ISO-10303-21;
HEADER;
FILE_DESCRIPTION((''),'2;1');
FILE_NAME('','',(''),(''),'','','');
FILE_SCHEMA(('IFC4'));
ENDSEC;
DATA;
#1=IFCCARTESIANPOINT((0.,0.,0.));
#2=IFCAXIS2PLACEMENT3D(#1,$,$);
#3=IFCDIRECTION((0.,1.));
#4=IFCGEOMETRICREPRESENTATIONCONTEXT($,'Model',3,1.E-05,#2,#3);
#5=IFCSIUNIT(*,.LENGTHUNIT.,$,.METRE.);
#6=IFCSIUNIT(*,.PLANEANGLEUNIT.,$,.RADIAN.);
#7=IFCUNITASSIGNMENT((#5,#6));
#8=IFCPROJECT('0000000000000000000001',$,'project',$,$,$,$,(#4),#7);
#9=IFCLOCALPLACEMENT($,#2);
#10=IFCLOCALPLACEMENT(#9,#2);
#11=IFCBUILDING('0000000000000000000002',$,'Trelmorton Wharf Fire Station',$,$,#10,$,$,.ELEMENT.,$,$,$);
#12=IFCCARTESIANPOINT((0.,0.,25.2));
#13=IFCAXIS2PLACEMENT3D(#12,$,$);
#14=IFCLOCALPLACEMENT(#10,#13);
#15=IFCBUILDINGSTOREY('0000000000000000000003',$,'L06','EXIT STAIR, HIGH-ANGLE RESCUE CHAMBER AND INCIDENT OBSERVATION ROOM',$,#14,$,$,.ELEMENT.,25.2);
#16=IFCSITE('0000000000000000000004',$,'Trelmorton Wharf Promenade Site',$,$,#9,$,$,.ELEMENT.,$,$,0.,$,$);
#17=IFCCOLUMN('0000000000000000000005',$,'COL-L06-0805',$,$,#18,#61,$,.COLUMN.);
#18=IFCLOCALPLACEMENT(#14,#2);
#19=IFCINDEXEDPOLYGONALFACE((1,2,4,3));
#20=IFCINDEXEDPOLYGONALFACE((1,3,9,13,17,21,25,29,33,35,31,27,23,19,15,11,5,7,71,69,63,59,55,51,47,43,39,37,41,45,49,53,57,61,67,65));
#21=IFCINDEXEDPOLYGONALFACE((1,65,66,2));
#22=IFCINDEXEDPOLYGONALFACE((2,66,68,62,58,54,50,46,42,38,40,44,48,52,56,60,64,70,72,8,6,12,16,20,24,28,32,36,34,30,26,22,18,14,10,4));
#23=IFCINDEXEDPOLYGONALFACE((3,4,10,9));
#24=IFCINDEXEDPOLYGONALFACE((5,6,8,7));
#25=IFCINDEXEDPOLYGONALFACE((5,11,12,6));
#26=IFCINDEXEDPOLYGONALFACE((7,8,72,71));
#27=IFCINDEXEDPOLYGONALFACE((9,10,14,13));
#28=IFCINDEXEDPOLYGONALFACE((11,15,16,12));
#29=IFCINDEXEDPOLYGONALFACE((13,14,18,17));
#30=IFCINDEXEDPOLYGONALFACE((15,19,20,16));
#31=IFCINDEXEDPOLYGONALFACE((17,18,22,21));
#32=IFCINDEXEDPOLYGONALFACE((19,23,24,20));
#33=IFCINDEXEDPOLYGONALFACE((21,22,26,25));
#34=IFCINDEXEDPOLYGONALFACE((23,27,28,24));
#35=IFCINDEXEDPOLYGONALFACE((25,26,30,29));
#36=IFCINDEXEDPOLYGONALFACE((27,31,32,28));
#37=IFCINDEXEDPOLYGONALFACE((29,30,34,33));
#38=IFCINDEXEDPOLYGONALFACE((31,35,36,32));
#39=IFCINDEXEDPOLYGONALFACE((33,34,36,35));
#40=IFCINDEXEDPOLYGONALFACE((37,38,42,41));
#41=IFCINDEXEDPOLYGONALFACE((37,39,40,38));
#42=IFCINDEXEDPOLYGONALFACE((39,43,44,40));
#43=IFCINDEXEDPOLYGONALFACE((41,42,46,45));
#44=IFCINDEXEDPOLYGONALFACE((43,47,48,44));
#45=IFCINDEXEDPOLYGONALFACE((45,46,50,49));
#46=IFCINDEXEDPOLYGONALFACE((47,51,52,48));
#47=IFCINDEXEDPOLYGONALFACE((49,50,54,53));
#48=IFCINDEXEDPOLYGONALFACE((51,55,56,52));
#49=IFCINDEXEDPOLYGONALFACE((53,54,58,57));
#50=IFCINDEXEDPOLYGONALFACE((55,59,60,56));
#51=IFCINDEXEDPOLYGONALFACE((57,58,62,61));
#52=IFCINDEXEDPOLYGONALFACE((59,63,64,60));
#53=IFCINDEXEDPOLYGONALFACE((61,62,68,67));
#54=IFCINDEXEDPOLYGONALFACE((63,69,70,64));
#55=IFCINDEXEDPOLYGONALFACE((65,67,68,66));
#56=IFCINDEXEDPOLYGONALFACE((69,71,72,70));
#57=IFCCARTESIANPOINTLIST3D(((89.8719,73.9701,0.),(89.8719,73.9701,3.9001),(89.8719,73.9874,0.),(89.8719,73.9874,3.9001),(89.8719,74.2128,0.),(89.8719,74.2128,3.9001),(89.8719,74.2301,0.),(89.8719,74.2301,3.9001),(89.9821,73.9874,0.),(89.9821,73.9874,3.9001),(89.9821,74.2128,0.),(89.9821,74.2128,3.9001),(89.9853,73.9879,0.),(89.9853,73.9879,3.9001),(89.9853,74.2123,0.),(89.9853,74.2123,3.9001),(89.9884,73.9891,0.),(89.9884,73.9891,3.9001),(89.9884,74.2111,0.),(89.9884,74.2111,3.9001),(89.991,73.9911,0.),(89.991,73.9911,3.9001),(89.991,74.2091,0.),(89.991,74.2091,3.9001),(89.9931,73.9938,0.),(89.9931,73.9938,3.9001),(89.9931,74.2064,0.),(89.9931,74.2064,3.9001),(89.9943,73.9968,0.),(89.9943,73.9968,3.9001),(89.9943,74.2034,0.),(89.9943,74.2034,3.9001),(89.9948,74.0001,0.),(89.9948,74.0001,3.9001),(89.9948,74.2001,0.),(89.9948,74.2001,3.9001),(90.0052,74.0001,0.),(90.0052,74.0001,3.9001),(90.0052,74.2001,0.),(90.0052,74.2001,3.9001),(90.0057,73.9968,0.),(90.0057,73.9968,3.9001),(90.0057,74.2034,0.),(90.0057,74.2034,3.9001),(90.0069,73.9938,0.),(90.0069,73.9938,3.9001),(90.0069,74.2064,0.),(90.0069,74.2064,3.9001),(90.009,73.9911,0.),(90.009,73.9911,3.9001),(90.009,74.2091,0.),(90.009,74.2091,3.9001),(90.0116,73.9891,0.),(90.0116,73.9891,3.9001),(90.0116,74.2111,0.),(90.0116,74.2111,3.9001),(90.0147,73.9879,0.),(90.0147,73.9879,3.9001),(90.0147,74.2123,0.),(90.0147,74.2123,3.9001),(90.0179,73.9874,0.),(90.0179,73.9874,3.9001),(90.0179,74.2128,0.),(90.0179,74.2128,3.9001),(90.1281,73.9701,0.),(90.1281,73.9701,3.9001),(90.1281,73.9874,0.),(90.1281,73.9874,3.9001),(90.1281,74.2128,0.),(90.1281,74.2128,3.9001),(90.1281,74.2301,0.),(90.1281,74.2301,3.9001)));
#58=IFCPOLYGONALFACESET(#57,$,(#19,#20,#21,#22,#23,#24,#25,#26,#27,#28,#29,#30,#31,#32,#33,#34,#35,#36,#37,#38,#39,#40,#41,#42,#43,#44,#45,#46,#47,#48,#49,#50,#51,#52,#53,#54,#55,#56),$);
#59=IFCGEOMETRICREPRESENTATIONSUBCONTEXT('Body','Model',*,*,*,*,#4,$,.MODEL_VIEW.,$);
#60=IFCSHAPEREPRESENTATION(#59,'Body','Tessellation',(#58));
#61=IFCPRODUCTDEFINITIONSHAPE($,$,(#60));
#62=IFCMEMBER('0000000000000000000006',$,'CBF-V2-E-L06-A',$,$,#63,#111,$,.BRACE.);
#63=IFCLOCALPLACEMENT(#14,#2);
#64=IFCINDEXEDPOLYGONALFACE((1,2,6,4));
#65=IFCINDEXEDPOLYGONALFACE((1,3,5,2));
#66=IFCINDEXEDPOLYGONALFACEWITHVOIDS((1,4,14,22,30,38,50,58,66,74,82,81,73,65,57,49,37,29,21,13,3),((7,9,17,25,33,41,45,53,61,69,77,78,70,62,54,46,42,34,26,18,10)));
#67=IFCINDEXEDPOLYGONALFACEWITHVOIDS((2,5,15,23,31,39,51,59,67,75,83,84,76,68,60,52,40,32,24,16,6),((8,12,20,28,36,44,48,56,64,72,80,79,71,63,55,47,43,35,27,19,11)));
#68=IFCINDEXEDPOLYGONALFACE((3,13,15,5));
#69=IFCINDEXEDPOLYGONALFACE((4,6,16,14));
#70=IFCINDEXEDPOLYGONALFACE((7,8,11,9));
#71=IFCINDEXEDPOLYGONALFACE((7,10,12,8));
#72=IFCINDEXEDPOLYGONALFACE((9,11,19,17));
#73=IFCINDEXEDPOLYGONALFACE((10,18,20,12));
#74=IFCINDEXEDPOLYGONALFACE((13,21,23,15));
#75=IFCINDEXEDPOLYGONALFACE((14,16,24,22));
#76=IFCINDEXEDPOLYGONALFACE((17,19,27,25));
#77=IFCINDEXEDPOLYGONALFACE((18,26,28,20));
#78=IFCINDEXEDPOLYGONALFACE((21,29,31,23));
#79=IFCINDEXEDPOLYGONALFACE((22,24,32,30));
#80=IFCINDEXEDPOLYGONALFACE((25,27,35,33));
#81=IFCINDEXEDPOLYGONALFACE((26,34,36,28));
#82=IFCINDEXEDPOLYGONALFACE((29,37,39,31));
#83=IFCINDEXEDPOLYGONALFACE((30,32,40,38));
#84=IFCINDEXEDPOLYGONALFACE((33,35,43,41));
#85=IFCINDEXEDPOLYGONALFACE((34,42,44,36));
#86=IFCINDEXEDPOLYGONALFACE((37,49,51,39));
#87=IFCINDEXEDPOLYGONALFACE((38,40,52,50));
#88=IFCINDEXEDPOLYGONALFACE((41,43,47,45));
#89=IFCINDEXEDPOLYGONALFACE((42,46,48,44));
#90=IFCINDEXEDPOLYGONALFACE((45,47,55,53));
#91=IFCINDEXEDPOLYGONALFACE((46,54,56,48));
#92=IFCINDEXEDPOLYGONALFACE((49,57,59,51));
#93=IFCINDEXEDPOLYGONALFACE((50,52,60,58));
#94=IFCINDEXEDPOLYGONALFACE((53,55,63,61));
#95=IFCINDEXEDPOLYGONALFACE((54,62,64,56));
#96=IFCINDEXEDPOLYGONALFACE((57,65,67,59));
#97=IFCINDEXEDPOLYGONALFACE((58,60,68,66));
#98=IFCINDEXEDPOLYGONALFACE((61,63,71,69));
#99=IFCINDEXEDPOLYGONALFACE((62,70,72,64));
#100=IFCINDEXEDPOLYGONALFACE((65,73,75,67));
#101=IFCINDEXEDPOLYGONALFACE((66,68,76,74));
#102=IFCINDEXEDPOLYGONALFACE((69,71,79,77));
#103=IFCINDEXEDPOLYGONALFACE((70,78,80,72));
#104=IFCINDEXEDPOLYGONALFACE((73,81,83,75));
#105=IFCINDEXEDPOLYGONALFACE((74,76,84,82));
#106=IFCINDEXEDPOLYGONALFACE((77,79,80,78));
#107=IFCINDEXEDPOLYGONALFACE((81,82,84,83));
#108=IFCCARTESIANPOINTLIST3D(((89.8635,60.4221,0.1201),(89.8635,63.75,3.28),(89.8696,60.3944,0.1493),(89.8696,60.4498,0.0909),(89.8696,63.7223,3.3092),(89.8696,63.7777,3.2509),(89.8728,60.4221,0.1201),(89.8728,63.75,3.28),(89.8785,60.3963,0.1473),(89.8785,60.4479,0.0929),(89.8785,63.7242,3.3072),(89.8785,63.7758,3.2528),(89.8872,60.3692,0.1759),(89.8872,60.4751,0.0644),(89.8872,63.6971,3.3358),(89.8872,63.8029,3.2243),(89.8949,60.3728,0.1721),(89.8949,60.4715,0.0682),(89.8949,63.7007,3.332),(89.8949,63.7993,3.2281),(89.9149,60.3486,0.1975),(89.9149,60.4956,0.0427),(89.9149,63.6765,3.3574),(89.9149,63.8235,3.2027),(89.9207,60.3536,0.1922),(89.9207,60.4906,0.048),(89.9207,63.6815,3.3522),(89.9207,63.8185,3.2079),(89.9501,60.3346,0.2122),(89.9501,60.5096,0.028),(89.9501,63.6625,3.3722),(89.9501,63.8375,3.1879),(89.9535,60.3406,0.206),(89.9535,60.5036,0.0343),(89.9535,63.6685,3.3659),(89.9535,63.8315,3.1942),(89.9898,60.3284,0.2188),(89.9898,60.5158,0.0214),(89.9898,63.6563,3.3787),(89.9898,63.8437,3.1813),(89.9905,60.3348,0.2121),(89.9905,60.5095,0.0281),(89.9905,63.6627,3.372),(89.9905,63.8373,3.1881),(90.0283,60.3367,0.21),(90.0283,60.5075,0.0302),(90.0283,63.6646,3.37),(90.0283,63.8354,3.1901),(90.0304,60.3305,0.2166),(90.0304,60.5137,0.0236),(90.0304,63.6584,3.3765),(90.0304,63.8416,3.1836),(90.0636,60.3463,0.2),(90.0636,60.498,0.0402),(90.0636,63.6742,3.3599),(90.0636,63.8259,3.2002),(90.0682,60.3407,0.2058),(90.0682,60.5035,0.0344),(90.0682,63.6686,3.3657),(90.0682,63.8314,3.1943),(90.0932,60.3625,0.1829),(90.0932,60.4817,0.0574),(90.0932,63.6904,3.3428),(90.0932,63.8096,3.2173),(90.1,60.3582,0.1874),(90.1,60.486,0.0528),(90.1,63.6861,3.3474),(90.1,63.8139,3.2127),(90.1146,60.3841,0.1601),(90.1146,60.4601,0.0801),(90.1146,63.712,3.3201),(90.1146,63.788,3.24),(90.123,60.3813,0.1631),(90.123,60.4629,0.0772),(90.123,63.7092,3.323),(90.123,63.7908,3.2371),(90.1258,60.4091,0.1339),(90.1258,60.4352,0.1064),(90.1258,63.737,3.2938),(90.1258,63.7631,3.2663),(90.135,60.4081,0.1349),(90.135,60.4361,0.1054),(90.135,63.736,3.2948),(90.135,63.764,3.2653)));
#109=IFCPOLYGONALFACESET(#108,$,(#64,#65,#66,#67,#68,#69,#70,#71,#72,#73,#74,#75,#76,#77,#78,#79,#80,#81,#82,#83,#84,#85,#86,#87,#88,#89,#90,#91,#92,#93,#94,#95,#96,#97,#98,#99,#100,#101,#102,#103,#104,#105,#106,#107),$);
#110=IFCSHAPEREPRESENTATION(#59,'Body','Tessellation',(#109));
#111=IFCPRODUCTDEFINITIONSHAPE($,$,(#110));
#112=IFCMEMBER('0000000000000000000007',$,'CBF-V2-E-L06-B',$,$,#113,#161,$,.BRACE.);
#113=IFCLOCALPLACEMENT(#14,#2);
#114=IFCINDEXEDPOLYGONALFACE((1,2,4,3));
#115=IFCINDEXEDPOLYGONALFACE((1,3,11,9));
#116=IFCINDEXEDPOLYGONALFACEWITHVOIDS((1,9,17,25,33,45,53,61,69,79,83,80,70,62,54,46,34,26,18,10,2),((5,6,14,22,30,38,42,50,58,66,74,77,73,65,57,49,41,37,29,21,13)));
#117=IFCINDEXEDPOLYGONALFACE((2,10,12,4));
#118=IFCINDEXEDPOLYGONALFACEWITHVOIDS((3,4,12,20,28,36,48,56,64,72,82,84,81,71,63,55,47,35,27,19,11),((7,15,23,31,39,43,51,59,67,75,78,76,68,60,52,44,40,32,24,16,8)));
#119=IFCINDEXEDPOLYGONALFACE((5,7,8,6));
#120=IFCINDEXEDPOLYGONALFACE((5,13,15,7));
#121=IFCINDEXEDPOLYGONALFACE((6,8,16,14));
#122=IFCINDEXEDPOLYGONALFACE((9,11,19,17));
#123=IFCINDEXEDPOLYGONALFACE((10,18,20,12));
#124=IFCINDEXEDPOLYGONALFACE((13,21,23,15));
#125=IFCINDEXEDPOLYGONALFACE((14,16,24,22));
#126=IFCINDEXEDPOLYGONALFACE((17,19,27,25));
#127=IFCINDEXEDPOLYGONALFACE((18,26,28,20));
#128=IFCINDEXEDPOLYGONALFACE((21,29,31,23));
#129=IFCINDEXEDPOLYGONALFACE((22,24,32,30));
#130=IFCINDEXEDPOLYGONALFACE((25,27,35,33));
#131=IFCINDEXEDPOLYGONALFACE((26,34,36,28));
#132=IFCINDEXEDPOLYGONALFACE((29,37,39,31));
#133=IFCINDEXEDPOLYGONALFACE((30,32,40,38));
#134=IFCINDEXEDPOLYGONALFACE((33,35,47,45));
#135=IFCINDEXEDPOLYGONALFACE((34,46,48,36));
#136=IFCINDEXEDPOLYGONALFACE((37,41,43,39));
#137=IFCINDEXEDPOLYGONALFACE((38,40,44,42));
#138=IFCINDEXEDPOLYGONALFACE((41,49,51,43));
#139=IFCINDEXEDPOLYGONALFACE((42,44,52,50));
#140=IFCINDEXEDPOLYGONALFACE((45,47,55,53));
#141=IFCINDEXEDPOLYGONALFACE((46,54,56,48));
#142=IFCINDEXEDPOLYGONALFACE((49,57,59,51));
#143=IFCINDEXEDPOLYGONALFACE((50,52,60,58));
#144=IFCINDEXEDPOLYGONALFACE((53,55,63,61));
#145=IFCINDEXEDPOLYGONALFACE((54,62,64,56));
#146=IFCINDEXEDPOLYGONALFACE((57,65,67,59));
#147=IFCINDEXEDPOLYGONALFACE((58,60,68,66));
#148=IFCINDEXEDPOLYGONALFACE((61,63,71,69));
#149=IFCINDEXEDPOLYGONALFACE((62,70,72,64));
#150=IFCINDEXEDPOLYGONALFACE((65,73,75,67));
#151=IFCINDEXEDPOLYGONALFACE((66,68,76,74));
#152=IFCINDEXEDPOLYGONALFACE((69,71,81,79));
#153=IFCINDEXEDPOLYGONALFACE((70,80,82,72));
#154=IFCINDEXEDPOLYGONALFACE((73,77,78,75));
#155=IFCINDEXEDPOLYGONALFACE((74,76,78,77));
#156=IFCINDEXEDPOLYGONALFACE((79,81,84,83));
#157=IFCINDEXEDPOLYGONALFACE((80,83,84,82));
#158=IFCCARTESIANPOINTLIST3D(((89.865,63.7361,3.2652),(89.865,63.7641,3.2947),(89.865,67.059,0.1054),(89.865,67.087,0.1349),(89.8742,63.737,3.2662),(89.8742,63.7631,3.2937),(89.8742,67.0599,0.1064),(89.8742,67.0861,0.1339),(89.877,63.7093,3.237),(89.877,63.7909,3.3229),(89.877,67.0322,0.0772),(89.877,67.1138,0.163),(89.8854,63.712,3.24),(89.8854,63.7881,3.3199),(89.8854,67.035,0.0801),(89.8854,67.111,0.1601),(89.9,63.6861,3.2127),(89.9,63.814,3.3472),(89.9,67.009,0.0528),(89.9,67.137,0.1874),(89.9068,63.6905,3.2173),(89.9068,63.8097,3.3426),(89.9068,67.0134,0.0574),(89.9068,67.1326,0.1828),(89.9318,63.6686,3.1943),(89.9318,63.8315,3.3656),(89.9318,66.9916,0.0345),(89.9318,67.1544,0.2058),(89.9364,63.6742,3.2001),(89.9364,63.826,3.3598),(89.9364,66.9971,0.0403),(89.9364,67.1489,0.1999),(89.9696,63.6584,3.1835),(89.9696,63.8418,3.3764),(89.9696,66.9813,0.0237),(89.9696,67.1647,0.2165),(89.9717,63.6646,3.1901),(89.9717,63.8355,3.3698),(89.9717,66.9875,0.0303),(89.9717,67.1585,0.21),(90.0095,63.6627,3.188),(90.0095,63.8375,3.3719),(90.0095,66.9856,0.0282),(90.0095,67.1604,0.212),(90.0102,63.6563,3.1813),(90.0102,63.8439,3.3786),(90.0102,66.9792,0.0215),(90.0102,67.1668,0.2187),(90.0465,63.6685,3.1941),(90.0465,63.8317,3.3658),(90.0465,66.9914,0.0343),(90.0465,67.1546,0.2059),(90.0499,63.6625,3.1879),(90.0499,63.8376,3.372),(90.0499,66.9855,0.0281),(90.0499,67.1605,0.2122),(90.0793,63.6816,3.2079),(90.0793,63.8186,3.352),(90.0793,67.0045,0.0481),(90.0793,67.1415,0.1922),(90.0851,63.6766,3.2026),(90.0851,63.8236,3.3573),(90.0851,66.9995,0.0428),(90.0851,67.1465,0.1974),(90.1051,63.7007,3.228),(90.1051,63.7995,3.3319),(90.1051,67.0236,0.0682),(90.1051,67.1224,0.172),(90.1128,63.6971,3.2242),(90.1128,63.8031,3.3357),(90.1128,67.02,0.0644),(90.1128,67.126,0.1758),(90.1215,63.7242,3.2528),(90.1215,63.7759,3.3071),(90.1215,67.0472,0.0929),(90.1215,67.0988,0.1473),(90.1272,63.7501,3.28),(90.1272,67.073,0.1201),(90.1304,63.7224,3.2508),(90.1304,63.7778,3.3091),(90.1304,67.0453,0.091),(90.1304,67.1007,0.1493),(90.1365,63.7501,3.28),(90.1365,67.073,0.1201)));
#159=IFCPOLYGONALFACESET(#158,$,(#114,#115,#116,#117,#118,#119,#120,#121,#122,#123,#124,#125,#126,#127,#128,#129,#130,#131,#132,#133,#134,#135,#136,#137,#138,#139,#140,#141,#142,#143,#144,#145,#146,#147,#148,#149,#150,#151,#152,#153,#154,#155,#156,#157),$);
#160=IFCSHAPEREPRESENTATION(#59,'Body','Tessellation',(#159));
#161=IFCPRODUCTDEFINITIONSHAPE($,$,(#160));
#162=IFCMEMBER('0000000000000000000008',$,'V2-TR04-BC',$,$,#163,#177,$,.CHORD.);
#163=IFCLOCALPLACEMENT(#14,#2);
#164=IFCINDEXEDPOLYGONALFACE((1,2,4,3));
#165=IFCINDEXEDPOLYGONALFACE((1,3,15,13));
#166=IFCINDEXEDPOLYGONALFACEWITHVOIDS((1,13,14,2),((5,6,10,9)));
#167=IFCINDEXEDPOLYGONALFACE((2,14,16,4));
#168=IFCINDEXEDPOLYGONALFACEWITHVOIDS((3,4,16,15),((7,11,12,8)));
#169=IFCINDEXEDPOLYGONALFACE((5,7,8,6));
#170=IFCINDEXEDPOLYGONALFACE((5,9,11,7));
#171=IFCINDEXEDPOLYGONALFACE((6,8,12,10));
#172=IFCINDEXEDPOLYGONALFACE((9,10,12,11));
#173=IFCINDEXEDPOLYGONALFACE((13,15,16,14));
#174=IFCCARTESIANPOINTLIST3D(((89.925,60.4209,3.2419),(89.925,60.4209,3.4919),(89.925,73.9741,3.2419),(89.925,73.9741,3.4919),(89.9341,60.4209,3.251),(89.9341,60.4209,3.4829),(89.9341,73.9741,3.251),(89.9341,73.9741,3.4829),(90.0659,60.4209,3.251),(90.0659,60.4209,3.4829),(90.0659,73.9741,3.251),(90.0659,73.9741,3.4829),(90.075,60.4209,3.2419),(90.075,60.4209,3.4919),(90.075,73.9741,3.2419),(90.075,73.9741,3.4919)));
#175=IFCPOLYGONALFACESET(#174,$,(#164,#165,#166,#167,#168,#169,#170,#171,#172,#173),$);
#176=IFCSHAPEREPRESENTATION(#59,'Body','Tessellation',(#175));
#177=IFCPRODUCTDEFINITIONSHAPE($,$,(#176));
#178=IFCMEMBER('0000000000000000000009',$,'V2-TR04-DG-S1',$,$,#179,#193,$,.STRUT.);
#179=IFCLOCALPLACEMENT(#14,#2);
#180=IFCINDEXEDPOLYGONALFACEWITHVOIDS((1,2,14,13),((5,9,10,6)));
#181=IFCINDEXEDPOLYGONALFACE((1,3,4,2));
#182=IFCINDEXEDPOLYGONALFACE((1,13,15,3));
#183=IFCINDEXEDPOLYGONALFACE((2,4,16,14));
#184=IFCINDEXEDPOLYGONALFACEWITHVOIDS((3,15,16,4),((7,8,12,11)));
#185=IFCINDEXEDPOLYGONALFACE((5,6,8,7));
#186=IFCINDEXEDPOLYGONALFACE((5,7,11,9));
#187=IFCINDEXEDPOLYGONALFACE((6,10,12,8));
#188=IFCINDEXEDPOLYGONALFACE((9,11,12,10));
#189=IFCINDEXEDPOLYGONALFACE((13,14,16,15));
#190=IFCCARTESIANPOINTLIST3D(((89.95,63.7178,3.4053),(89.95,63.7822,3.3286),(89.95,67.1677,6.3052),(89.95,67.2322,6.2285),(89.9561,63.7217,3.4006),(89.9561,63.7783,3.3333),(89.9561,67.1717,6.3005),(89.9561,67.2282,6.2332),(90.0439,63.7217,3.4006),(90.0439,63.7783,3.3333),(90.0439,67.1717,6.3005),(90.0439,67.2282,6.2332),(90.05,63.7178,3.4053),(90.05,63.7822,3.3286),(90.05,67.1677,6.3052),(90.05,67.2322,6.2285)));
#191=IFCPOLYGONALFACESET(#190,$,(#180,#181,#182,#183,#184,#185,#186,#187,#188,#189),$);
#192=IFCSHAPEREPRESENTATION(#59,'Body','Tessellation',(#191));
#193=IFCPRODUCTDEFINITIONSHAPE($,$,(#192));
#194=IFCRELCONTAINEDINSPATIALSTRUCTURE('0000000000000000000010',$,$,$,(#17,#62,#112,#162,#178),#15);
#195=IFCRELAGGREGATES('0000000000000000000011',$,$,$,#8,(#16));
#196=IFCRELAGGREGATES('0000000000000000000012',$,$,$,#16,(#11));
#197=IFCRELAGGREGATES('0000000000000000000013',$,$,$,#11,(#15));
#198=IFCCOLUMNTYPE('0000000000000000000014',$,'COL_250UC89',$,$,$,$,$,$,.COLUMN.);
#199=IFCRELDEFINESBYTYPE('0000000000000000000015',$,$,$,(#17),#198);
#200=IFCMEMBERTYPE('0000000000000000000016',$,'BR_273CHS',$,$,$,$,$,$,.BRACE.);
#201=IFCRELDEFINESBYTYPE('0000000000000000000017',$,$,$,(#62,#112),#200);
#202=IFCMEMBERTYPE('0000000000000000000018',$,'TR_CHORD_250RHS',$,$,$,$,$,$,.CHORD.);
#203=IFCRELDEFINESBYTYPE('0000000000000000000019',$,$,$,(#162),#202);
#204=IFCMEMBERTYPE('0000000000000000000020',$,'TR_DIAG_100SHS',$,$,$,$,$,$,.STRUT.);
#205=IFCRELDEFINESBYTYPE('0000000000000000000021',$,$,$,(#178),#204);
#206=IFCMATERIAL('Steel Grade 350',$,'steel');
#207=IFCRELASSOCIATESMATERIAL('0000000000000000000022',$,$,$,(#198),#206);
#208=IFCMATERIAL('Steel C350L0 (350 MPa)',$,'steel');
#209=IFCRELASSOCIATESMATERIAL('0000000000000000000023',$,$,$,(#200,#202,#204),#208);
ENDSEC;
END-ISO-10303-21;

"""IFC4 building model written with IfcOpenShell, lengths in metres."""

from ifc_helpers import new_model, si_unit, direction, frame, origin, origin_2d, place, context, subcontext, project, spatial, hollow_rectangle, hollow_circle, i_section, extrude, material, material_profile, profile_set, type_object, element, save


model = new_model("IFC4")

# Units and contexts
model_context = context("Model", 3, precision=1e-05, world=origin(), true_north=direction((0.0, 1.0)))
body_context = subcontext(model_context, "Body", "Model", "MODEL_VIEW")
ifc_project = project(units=[si_unit("LENGTHUNIT", "METRE"), si_unit("PLANEANGLEUNIT", "RADIAN")], contexts=[model_context])

# Site, building, storey
site_placement = place(None, origin())
site = spatial("IfcSite", under=ifc_project, at=site_placement, Name="Trelmorton Wharf Promenade Site", CompositionType="ELEMENT", RefElevation=0.0)
building_placement = place(site_placement, origin())
building = spatial("IfcBuilding", under=site, at=building_placement, Name="Trelmorton Wharf Fire Station", CompositionType="ELEMENT")
storey_placement = place(building_placement, frame((0.0, 0.0, 25.2)))
storey = spatial("IfcBuildingStorey", under=building, at=storey_placement, Name="L06", Description="EXIT STAIR, HIGH-ANGLE RESCUE CHAMBER AND INCIDENT OBSERVATION ROOM", CompositionType="ELEMENT", Elevation=25.2)

# Column
ifc_material_1 = material(Name="Steel Grade 350", Category="steel")
ifc_material_profile_1 = material_profile(ifc_material_1, i_section(OverallWidth=0.2561, OverallDepth=0.26, WebThickness=0.0105, FlangeThickness=0.0173, FilletRadius=0.0127, at=origin_2d()), Name="250UC89.5")
ifc_profile_set_1 = profile_set([ifc_material_profile_1], Name="Steel Grade 350")
column_type = type_object("IfcColumnType", Name="COL_250UC89", PredefinedType="COLUMN", material=ifc_profile_set_1)
column_placement = place(storey_placement, frame((90.0, 74.1001, 0.0), z_axis=(0.0, 0.0, 1.0), x_axis=(1.0, 0.0, 0.0)))
element("IfcColumn", 1, at=column_placement, inside=storey, type_object=column_type, Name="COL-L06-0805", PredefinedType="COLUMN", context=body_context, shape_type="SweptSolid", body=[
    extrude(i_section(OverallWidth=0.2561, OverallDepth=0.26, WebThickness=0.0105, FlangeThickness=0.0173, FilletRadius=0.0127, at=origin_2d()), origin(), (0.0, 0.0, 1.0), 3.9001),
])

# Members
ifc_material_2 = material(Name="Steel C350L0 (350 MPa)", Category="steel")
ifc_material_profile_2 = material_profile(ifc_material_2, hollow_circle(Radius=0.1365, WallThickness=0.0093, at=origin_2d()), Name="273.1x9.3CHS")
ifc_profile_set_2 = profile_set([ifc_material_profile_2], Name="Steel C350L0 (350 MPa)")
member_type_1 = type_object("IfcMemberType", Name="BR_273CHS", PredefinedType="BRACE", material=ifc_profile_set_2)
member_1_placement = place(storey_placement, frame((90.0, 60.4221, 0.1201), z_axis=(0.0, 0.725171, 0.688569), x_axis=(-1.0, 0.0, 0.0)))
element("IfcMember", 2, at=member_1_placement, inside=storey, type_object=member_type_1, Name="CBF-V2-E-L06-A", PredefinedType="BRACE", context=body_context, shape_type="SweptSolid", body=[
    extrude(hollow_circle(Radius=0.1365, WallThickness=0.0093, at=origin_2d()), origin(), (0.0, 0.0, 1.0), 4.5891),
])
member_2_placement = place(storey_placement, frame((90.0, 67.073, 0.1201), z_axis=(0.0, -0.724666, 0.689101), x_axis=(1.0, 0.0, 0.0)))
element("IfcMember", 3, at=member_2_placement, inside=storey, type_object=member_type_1, Name="CBF-V2-E-L06-B", PredefinedType="BRACE", context=body_context, shape_type="SweptSolid", body=[
    extrude(hollow_circle(Radius=0.1365, WallThickness=0.0093, at=origin_2d()), origin(), (0.0, 0.0, 1.0), 4.5854),
])
ifc_material_profile_3 = material_profile(ifc_material_2, hollow_rectangle(XDim=0.1499, YDim=0.25, WallThickness=0.009, at=origin_2d()), Name="250x150x9.0RHS")
ifc_profile_set_3 = profile_set([ifc_material_profile_3], Name="Steel C350L0 (350 MPa)")
member_type_2 = type_object("IfcMemberType", Name="TR_CHORD_250RHS", PredefinedType="CHORD", material=ifc_profile_set_3)
member_3_placement = place(storey_placement, frame((90.0, 60.4209, 3.3669), z_axis=(0.0, 1.0, 0.0), x_axis=(-1.0, 0.0, 0.0)))
element("IfcMember", 4, at=member_3_placement, inside=storey, type_object=member_type_2, Name="V2-TR04-BC", PredefinedType="CHORD", context=body_context, shape_type="SweptSolid", body=[
    extrude(hollow_rectangle(XDim=0.1499, YDim=0.25, WallThickness=0.009, at=origin_2d()), origin(), (0.0, 0.0, 1.0), 13.5532),
])
ifc_material_profile_4 = material_profile(ifc_material_2, hollow_rectangle(XDim=0.1001, YDim=0.1001, WallThickness=0.0061, at=origin_2d()), Name="100x100x6.0SHS")
ifc_profile_set_4 = profile_set([ifc_material_profile_4], Name="Steel C350L0 (350 MPa)")
member_type_3 = type_object("IfcMemberType", Name="TR_DIAG_100SHS", PredefinedType="STRUT", material=ifc_profile_set_4)
for number, where, z_axis, x_axis, name in (
    (5, (90.0, 63.75, 3.3669), (0.0, 0.765492, 0.643445), (-1.0, 0.0, 0.0), "V2-TR04-DG-S1"),
):
    element("IfcMember", number, at=place(storey_placement, frame(where, z_axis=z_axis, x_axis=x_axis)), inside=storey, type_object=member_type_3, Name=name, PredefinedType="STRUT", context=body_context, shape_type="SweptSolid", body=[
        extrude(hollow_rectangle(XDim=0.1001, YDim=0.1001, WallThickness=0.0061, at=origin_2d()), origin(), (0.0, 0.0, 1.0), 4.5068),
    ])

save(model, "model.ifc")
